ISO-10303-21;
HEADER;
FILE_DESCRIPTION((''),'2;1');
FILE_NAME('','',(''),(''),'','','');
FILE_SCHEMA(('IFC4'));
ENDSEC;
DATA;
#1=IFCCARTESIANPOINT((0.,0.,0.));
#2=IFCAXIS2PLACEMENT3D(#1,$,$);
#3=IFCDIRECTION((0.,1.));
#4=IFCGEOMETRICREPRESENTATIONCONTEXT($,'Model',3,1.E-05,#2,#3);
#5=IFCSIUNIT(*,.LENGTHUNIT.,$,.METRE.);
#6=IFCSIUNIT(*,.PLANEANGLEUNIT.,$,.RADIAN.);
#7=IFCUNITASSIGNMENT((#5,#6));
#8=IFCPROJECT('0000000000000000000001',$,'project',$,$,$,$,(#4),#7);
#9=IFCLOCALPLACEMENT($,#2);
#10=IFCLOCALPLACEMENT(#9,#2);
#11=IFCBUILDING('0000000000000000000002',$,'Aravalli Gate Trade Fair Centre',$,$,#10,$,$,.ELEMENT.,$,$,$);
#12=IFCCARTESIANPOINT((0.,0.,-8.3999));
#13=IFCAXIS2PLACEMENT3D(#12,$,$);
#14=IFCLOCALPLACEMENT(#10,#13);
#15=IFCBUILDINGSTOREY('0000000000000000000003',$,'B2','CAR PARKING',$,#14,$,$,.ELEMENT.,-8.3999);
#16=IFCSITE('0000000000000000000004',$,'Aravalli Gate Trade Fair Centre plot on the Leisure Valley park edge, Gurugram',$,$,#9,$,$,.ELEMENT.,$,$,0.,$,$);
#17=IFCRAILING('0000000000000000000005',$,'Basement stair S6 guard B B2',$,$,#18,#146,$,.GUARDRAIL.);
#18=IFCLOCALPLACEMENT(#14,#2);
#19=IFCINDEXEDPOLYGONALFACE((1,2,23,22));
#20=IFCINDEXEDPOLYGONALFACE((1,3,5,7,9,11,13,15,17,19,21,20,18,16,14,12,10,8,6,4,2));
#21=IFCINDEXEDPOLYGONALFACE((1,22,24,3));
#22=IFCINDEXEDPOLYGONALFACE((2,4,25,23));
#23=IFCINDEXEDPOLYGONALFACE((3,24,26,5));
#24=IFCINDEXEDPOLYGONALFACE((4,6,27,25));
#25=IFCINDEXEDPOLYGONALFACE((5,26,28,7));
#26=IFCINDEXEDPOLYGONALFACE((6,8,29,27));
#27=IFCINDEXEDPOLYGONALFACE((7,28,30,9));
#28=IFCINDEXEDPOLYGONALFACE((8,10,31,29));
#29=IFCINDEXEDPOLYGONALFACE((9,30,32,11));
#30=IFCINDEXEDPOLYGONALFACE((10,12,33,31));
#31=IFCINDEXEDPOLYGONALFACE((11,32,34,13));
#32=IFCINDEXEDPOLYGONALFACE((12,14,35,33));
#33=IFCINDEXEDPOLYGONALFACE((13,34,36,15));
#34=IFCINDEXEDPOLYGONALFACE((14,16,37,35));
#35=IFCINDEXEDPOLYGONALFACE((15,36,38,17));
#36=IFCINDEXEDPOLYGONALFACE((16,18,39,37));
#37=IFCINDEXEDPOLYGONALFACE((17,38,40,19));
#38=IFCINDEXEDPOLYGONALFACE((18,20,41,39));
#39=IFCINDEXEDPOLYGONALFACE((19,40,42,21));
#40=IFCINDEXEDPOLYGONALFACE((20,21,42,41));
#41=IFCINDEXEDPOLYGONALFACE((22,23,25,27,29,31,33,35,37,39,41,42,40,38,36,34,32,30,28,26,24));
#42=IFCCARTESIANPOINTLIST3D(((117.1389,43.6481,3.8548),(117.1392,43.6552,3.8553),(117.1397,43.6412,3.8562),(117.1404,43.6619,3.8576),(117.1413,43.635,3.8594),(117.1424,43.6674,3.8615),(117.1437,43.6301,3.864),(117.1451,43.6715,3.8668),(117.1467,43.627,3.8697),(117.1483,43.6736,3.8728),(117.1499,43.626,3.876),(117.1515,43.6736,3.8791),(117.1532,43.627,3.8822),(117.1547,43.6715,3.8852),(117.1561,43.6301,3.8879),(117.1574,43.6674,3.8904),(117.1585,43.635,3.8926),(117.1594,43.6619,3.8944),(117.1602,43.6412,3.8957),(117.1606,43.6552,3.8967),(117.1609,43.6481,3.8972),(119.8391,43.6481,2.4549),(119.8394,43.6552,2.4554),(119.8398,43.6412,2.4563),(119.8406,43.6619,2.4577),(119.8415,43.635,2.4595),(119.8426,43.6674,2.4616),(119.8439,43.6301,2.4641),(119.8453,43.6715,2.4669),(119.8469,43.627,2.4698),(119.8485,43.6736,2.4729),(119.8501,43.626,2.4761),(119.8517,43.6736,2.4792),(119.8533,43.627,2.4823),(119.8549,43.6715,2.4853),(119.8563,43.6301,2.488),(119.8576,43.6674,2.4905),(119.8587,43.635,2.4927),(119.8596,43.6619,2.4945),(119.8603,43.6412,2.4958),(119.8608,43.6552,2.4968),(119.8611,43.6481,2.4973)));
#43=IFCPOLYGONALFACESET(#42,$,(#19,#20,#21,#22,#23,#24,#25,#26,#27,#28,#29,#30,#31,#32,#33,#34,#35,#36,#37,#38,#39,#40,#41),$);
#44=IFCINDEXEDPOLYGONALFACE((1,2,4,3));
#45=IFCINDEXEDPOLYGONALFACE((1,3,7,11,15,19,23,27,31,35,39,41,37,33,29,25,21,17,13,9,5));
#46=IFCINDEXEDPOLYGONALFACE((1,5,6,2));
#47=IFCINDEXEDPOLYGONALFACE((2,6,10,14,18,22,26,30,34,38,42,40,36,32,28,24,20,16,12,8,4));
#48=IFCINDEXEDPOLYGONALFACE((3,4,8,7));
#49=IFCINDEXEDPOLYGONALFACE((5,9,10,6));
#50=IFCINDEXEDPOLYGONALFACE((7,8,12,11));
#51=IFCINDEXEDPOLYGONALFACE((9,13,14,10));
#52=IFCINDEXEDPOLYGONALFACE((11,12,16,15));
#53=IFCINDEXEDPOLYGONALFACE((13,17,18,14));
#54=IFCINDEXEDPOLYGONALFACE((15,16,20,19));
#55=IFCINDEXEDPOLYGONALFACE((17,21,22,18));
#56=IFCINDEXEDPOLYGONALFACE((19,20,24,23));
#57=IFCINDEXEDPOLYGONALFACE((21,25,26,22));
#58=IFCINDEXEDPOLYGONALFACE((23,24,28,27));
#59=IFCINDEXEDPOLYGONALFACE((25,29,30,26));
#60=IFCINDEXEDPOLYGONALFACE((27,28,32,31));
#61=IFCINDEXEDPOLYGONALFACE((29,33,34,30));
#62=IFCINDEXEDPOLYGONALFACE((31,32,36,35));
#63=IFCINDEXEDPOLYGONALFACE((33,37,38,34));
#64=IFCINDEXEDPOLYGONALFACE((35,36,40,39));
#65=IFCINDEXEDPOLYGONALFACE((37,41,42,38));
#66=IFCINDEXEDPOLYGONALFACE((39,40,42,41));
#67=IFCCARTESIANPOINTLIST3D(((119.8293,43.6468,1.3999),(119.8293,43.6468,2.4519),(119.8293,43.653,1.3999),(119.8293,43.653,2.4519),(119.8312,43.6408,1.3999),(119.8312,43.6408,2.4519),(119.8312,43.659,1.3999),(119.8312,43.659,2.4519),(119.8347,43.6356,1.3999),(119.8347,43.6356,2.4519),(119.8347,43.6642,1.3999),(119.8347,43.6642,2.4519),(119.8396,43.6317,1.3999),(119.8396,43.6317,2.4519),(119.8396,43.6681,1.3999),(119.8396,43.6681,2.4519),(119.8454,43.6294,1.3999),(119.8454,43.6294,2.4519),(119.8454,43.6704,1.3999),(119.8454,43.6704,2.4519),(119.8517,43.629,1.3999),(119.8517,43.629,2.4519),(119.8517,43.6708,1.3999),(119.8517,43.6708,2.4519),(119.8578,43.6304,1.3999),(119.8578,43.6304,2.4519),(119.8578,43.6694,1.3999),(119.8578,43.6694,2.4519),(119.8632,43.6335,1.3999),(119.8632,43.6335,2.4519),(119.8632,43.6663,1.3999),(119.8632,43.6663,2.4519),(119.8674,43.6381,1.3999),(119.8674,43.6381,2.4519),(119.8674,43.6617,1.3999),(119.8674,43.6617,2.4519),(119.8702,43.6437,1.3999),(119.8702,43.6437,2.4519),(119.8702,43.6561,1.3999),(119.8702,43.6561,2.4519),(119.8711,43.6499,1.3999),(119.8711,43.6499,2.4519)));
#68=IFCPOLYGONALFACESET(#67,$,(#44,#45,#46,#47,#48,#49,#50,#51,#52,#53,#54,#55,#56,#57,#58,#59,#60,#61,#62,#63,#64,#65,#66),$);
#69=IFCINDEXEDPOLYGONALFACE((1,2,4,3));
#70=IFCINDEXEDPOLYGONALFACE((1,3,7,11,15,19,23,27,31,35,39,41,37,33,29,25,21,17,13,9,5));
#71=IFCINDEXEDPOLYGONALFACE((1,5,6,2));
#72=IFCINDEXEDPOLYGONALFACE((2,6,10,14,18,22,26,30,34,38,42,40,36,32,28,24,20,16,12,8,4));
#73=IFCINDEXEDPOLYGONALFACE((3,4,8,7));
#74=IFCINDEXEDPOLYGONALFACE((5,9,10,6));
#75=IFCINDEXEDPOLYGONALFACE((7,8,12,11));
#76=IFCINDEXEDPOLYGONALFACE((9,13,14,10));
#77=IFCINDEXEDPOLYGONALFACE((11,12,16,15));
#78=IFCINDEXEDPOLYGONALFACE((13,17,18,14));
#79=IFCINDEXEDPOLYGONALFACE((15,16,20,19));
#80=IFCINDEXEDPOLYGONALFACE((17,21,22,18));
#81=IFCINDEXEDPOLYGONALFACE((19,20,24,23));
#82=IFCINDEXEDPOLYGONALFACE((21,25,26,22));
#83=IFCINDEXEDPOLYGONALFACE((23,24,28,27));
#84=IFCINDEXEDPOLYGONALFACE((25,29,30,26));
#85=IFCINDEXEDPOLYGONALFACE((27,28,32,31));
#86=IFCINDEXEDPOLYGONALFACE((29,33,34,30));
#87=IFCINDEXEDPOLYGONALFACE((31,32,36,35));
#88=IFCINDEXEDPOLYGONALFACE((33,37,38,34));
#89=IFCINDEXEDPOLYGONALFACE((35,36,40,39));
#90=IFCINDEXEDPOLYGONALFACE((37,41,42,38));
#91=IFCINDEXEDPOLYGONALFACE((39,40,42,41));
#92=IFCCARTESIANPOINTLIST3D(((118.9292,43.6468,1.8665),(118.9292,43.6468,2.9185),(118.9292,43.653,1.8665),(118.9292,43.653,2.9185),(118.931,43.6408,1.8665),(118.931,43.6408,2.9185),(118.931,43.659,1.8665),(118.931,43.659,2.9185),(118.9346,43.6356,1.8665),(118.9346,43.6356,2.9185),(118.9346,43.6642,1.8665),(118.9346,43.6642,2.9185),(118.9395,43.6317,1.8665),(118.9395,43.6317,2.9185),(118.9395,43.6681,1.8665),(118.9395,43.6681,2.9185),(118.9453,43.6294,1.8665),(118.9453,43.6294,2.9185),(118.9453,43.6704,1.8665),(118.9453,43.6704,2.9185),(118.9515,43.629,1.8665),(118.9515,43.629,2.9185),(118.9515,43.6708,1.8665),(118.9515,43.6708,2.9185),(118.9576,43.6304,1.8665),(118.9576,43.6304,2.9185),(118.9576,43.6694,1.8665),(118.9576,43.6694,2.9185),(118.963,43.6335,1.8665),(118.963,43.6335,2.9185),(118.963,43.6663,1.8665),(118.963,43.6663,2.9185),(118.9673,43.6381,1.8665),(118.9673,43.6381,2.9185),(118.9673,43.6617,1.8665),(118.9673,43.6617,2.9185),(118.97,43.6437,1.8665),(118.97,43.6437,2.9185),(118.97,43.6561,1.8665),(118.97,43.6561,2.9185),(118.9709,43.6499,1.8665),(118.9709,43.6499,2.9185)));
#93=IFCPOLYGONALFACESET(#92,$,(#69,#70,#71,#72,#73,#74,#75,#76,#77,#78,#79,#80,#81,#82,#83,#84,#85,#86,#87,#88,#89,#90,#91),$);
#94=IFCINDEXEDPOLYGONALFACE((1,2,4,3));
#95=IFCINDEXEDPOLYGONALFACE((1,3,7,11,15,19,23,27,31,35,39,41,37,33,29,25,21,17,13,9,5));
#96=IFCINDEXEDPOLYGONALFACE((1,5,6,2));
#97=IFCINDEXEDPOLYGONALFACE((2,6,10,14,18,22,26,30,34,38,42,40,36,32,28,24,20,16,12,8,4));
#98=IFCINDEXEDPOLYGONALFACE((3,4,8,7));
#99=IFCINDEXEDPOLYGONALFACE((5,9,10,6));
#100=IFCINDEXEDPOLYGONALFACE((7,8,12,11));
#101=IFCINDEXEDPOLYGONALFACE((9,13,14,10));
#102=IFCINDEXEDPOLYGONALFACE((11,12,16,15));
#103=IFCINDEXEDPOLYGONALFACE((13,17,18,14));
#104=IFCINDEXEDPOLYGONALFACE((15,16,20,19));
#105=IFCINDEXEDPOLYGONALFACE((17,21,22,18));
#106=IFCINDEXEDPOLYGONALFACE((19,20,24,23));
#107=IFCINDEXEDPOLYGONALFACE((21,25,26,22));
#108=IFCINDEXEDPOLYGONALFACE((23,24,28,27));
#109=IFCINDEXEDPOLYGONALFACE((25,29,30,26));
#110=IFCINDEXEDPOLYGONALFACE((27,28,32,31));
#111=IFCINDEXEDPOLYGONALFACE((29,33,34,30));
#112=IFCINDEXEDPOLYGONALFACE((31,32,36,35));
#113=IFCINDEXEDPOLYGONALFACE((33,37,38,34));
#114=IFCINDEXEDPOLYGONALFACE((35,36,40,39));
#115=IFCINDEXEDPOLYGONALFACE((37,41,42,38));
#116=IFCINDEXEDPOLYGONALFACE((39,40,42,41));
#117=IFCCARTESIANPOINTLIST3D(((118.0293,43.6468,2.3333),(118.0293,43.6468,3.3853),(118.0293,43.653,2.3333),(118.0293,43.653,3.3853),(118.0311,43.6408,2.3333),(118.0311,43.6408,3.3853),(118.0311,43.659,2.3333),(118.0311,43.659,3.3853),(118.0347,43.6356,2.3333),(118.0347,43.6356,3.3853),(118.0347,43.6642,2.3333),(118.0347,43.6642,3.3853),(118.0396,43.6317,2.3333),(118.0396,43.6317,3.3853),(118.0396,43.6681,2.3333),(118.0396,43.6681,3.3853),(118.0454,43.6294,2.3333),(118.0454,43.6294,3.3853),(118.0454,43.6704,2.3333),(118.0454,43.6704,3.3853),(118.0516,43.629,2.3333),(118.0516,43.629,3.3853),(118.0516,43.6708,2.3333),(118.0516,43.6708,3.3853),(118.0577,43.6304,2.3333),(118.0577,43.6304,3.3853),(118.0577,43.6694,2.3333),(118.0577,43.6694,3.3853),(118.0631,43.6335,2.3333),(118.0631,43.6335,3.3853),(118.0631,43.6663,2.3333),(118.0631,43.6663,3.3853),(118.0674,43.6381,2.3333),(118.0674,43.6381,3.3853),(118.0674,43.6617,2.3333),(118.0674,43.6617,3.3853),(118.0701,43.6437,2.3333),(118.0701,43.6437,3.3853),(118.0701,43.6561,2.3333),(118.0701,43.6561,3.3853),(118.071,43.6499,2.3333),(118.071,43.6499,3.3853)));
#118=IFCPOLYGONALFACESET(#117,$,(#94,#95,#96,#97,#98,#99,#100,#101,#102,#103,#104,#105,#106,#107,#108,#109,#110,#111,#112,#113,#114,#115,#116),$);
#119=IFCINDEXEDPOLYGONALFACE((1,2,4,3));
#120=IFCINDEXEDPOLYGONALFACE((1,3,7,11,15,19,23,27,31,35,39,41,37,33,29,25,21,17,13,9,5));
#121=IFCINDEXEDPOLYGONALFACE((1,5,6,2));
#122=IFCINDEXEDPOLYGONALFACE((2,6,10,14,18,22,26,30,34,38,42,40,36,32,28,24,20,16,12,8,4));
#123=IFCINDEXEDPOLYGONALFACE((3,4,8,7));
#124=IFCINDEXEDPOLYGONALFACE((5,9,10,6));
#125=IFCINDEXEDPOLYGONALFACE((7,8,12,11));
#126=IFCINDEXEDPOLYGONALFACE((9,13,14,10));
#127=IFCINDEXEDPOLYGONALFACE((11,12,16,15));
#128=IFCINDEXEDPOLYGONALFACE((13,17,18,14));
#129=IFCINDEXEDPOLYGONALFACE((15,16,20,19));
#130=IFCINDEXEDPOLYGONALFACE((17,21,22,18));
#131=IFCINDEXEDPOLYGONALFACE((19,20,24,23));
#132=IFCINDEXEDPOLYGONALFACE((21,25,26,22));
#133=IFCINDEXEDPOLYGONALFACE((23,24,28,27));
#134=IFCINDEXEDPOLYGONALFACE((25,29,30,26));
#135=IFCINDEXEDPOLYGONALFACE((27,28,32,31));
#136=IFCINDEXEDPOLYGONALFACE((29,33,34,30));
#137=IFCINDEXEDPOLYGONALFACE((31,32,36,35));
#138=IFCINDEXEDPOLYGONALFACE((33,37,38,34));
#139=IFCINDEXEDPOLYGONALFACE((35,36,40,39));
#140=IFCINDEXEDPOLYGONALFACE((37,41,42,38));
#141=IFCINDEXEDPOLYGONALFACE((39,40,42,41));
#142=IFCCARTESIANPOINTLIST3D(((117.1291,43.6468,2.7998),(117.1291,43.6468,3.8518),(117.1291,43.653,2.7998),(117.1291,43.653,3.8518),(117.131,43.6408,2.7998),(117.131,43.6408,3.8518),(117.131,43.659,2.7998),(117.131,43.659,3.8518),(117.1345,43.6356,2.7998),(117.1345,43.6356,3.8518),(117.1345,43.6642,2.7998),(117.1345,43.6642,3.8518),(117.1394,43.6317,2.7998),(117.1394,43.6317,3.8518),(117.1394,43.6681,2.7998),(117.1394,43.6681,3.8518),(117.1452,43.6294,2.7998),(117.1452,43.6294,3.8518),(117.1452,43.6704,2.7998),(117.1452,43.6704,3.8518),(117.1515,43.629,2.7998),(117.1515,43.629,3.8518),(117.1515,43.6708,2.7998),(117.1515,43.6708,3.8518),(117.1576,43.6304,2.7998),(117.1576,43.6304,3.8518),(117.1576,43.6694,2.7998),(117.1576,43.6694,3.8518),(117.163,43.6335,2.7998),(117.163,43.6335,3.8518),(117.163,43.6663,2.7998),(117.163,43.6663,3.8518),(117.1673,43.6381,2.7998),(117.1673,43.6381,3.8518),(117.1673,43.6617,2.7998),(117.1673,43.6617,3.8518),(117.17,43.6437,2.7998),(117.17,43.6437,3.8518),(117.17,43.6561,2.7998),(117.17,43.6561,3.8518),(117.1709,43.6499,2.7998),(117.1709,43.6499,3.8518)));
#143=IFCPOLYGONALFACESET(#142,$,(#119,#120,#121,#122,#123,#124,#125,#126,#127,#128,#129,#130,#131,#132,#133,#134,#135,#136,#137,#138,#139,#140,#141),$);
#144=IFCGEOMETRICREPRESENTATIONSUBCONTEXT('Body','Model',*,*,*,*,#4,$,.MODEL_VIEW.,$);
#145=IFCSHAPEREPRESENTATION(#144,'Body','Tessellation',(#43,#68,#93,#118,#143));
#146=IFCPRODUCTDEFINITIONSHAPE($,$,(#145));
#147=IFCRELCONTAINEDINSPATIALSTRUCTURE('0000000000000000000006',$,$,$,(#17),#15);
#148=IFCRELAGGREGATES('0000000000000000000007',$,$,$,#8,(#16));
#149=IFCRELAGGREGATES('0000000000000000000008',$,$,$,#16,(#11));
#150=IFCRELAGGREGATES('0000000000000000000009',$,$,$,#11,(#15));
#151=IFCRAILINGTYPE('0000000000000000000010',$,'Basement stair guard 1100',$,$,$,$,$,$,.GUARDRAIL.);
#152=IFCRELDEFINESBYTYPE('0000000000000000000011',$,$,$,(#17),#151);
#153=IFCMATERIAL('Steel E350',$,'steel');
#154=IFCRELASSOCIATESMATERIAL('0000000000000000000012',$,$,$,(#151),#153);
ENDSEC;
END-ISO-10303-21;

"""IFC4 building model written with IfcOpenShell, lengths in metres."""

from ifc_helpers import new_model, si_unit, direction, frame, origin, origin_2d, place, context, subcontext, project, spatial, circle, extrude, material, type_object, element, save


model = new_model("IFC4")

# Units and contexts
model_context = context("Model", 3, precision=1e-05, world=origin(), true_north=direction((0.0, 1.0)))
body_context = subcontext(model_context, "Body", "Model", "MODEL_VIEW")
ifc_project = project(units=[si_unit("LENGTHUNIT", "METRE"), si_unit("PLANEANGLEUNIT", "RADIAN")], contexts=[model_context])

# Site, building, storey
site_placement = place(None, origin())
site = spatial("IfcSite", under=ifc_project, at=site_placement, Name="Aravalli Gate Trade Fair Centre plot on the Leisure Valley park edge, Gurugram", CompositionType="ELEMENT", RefElevation=0.0)
building_placement = place(site_placement, origin())
building = spatial("IfcBuilding", under=site, at=building_placement, Name="Aravalli Gate Trade Fair Centre", CompositionType="ELEMENT")
storey_placement = place(building_placement, frame((0.0, 0.0, -8.3999)))
storey = spatial("IfcBuildingStorey", under=building, at=storey_placement, Name="B2", Description="CAR PARKING", CompositionType="ELEMENT", Elevation=-8.3999)

# Railing
ifc_material_1 = material(Name="Steel E350", Category="steel")
railing_type_1 = type_object("IfcRailingType", Name="Basement stair guard 1100", PredefinedType="GUARDRAIL", material=ifc_material_1)
railing_1_placement = place(storey_placement, frame((119.8501, 43.6499, 1.3999)))
element("IfcRailing", 1, at=railing_1_placement, inside=storey, type_object=railing_type_1, Name="Basement stair S6 guard B B2", PredefinedType="GUARDRAIL", context=body_context, shape_type="SweptSolid", body=[
    extrude(circle(Radius=0.0239, at=origin_2d()), frame((0.0, 0.0, 1.0762), z_axis=(-0.887781, 0.0, 0.460266), x_axis=(0.0, -1.0, 0.0)), (0.0, 0.0, 1.0), 3.0415),
    extrude(circle(Radius=0.021, at=origin_2d()), origin(), (0.0, 0.0, 1.0), 1.052),
    extrude(circle(Radius=0.021, at=origin_2d()), frame((-0.9001, 0.0, 0.4666)), (0.0, 0.0, 1.0), 1.052),
    extrude(circle(Radius=0.021, at=origin_2d()), frame((-1.8, 0.0, 0.9333)), (0.0, 0.0, 1.0), 1.052),
    extrude(circle(Radius=0.021, at=origin_2d()), frame((-2.7002, 0.0, 1.3999)), (0.0, 0.0, 1.0), 1.052),
])

save(model, "model.ifc")
